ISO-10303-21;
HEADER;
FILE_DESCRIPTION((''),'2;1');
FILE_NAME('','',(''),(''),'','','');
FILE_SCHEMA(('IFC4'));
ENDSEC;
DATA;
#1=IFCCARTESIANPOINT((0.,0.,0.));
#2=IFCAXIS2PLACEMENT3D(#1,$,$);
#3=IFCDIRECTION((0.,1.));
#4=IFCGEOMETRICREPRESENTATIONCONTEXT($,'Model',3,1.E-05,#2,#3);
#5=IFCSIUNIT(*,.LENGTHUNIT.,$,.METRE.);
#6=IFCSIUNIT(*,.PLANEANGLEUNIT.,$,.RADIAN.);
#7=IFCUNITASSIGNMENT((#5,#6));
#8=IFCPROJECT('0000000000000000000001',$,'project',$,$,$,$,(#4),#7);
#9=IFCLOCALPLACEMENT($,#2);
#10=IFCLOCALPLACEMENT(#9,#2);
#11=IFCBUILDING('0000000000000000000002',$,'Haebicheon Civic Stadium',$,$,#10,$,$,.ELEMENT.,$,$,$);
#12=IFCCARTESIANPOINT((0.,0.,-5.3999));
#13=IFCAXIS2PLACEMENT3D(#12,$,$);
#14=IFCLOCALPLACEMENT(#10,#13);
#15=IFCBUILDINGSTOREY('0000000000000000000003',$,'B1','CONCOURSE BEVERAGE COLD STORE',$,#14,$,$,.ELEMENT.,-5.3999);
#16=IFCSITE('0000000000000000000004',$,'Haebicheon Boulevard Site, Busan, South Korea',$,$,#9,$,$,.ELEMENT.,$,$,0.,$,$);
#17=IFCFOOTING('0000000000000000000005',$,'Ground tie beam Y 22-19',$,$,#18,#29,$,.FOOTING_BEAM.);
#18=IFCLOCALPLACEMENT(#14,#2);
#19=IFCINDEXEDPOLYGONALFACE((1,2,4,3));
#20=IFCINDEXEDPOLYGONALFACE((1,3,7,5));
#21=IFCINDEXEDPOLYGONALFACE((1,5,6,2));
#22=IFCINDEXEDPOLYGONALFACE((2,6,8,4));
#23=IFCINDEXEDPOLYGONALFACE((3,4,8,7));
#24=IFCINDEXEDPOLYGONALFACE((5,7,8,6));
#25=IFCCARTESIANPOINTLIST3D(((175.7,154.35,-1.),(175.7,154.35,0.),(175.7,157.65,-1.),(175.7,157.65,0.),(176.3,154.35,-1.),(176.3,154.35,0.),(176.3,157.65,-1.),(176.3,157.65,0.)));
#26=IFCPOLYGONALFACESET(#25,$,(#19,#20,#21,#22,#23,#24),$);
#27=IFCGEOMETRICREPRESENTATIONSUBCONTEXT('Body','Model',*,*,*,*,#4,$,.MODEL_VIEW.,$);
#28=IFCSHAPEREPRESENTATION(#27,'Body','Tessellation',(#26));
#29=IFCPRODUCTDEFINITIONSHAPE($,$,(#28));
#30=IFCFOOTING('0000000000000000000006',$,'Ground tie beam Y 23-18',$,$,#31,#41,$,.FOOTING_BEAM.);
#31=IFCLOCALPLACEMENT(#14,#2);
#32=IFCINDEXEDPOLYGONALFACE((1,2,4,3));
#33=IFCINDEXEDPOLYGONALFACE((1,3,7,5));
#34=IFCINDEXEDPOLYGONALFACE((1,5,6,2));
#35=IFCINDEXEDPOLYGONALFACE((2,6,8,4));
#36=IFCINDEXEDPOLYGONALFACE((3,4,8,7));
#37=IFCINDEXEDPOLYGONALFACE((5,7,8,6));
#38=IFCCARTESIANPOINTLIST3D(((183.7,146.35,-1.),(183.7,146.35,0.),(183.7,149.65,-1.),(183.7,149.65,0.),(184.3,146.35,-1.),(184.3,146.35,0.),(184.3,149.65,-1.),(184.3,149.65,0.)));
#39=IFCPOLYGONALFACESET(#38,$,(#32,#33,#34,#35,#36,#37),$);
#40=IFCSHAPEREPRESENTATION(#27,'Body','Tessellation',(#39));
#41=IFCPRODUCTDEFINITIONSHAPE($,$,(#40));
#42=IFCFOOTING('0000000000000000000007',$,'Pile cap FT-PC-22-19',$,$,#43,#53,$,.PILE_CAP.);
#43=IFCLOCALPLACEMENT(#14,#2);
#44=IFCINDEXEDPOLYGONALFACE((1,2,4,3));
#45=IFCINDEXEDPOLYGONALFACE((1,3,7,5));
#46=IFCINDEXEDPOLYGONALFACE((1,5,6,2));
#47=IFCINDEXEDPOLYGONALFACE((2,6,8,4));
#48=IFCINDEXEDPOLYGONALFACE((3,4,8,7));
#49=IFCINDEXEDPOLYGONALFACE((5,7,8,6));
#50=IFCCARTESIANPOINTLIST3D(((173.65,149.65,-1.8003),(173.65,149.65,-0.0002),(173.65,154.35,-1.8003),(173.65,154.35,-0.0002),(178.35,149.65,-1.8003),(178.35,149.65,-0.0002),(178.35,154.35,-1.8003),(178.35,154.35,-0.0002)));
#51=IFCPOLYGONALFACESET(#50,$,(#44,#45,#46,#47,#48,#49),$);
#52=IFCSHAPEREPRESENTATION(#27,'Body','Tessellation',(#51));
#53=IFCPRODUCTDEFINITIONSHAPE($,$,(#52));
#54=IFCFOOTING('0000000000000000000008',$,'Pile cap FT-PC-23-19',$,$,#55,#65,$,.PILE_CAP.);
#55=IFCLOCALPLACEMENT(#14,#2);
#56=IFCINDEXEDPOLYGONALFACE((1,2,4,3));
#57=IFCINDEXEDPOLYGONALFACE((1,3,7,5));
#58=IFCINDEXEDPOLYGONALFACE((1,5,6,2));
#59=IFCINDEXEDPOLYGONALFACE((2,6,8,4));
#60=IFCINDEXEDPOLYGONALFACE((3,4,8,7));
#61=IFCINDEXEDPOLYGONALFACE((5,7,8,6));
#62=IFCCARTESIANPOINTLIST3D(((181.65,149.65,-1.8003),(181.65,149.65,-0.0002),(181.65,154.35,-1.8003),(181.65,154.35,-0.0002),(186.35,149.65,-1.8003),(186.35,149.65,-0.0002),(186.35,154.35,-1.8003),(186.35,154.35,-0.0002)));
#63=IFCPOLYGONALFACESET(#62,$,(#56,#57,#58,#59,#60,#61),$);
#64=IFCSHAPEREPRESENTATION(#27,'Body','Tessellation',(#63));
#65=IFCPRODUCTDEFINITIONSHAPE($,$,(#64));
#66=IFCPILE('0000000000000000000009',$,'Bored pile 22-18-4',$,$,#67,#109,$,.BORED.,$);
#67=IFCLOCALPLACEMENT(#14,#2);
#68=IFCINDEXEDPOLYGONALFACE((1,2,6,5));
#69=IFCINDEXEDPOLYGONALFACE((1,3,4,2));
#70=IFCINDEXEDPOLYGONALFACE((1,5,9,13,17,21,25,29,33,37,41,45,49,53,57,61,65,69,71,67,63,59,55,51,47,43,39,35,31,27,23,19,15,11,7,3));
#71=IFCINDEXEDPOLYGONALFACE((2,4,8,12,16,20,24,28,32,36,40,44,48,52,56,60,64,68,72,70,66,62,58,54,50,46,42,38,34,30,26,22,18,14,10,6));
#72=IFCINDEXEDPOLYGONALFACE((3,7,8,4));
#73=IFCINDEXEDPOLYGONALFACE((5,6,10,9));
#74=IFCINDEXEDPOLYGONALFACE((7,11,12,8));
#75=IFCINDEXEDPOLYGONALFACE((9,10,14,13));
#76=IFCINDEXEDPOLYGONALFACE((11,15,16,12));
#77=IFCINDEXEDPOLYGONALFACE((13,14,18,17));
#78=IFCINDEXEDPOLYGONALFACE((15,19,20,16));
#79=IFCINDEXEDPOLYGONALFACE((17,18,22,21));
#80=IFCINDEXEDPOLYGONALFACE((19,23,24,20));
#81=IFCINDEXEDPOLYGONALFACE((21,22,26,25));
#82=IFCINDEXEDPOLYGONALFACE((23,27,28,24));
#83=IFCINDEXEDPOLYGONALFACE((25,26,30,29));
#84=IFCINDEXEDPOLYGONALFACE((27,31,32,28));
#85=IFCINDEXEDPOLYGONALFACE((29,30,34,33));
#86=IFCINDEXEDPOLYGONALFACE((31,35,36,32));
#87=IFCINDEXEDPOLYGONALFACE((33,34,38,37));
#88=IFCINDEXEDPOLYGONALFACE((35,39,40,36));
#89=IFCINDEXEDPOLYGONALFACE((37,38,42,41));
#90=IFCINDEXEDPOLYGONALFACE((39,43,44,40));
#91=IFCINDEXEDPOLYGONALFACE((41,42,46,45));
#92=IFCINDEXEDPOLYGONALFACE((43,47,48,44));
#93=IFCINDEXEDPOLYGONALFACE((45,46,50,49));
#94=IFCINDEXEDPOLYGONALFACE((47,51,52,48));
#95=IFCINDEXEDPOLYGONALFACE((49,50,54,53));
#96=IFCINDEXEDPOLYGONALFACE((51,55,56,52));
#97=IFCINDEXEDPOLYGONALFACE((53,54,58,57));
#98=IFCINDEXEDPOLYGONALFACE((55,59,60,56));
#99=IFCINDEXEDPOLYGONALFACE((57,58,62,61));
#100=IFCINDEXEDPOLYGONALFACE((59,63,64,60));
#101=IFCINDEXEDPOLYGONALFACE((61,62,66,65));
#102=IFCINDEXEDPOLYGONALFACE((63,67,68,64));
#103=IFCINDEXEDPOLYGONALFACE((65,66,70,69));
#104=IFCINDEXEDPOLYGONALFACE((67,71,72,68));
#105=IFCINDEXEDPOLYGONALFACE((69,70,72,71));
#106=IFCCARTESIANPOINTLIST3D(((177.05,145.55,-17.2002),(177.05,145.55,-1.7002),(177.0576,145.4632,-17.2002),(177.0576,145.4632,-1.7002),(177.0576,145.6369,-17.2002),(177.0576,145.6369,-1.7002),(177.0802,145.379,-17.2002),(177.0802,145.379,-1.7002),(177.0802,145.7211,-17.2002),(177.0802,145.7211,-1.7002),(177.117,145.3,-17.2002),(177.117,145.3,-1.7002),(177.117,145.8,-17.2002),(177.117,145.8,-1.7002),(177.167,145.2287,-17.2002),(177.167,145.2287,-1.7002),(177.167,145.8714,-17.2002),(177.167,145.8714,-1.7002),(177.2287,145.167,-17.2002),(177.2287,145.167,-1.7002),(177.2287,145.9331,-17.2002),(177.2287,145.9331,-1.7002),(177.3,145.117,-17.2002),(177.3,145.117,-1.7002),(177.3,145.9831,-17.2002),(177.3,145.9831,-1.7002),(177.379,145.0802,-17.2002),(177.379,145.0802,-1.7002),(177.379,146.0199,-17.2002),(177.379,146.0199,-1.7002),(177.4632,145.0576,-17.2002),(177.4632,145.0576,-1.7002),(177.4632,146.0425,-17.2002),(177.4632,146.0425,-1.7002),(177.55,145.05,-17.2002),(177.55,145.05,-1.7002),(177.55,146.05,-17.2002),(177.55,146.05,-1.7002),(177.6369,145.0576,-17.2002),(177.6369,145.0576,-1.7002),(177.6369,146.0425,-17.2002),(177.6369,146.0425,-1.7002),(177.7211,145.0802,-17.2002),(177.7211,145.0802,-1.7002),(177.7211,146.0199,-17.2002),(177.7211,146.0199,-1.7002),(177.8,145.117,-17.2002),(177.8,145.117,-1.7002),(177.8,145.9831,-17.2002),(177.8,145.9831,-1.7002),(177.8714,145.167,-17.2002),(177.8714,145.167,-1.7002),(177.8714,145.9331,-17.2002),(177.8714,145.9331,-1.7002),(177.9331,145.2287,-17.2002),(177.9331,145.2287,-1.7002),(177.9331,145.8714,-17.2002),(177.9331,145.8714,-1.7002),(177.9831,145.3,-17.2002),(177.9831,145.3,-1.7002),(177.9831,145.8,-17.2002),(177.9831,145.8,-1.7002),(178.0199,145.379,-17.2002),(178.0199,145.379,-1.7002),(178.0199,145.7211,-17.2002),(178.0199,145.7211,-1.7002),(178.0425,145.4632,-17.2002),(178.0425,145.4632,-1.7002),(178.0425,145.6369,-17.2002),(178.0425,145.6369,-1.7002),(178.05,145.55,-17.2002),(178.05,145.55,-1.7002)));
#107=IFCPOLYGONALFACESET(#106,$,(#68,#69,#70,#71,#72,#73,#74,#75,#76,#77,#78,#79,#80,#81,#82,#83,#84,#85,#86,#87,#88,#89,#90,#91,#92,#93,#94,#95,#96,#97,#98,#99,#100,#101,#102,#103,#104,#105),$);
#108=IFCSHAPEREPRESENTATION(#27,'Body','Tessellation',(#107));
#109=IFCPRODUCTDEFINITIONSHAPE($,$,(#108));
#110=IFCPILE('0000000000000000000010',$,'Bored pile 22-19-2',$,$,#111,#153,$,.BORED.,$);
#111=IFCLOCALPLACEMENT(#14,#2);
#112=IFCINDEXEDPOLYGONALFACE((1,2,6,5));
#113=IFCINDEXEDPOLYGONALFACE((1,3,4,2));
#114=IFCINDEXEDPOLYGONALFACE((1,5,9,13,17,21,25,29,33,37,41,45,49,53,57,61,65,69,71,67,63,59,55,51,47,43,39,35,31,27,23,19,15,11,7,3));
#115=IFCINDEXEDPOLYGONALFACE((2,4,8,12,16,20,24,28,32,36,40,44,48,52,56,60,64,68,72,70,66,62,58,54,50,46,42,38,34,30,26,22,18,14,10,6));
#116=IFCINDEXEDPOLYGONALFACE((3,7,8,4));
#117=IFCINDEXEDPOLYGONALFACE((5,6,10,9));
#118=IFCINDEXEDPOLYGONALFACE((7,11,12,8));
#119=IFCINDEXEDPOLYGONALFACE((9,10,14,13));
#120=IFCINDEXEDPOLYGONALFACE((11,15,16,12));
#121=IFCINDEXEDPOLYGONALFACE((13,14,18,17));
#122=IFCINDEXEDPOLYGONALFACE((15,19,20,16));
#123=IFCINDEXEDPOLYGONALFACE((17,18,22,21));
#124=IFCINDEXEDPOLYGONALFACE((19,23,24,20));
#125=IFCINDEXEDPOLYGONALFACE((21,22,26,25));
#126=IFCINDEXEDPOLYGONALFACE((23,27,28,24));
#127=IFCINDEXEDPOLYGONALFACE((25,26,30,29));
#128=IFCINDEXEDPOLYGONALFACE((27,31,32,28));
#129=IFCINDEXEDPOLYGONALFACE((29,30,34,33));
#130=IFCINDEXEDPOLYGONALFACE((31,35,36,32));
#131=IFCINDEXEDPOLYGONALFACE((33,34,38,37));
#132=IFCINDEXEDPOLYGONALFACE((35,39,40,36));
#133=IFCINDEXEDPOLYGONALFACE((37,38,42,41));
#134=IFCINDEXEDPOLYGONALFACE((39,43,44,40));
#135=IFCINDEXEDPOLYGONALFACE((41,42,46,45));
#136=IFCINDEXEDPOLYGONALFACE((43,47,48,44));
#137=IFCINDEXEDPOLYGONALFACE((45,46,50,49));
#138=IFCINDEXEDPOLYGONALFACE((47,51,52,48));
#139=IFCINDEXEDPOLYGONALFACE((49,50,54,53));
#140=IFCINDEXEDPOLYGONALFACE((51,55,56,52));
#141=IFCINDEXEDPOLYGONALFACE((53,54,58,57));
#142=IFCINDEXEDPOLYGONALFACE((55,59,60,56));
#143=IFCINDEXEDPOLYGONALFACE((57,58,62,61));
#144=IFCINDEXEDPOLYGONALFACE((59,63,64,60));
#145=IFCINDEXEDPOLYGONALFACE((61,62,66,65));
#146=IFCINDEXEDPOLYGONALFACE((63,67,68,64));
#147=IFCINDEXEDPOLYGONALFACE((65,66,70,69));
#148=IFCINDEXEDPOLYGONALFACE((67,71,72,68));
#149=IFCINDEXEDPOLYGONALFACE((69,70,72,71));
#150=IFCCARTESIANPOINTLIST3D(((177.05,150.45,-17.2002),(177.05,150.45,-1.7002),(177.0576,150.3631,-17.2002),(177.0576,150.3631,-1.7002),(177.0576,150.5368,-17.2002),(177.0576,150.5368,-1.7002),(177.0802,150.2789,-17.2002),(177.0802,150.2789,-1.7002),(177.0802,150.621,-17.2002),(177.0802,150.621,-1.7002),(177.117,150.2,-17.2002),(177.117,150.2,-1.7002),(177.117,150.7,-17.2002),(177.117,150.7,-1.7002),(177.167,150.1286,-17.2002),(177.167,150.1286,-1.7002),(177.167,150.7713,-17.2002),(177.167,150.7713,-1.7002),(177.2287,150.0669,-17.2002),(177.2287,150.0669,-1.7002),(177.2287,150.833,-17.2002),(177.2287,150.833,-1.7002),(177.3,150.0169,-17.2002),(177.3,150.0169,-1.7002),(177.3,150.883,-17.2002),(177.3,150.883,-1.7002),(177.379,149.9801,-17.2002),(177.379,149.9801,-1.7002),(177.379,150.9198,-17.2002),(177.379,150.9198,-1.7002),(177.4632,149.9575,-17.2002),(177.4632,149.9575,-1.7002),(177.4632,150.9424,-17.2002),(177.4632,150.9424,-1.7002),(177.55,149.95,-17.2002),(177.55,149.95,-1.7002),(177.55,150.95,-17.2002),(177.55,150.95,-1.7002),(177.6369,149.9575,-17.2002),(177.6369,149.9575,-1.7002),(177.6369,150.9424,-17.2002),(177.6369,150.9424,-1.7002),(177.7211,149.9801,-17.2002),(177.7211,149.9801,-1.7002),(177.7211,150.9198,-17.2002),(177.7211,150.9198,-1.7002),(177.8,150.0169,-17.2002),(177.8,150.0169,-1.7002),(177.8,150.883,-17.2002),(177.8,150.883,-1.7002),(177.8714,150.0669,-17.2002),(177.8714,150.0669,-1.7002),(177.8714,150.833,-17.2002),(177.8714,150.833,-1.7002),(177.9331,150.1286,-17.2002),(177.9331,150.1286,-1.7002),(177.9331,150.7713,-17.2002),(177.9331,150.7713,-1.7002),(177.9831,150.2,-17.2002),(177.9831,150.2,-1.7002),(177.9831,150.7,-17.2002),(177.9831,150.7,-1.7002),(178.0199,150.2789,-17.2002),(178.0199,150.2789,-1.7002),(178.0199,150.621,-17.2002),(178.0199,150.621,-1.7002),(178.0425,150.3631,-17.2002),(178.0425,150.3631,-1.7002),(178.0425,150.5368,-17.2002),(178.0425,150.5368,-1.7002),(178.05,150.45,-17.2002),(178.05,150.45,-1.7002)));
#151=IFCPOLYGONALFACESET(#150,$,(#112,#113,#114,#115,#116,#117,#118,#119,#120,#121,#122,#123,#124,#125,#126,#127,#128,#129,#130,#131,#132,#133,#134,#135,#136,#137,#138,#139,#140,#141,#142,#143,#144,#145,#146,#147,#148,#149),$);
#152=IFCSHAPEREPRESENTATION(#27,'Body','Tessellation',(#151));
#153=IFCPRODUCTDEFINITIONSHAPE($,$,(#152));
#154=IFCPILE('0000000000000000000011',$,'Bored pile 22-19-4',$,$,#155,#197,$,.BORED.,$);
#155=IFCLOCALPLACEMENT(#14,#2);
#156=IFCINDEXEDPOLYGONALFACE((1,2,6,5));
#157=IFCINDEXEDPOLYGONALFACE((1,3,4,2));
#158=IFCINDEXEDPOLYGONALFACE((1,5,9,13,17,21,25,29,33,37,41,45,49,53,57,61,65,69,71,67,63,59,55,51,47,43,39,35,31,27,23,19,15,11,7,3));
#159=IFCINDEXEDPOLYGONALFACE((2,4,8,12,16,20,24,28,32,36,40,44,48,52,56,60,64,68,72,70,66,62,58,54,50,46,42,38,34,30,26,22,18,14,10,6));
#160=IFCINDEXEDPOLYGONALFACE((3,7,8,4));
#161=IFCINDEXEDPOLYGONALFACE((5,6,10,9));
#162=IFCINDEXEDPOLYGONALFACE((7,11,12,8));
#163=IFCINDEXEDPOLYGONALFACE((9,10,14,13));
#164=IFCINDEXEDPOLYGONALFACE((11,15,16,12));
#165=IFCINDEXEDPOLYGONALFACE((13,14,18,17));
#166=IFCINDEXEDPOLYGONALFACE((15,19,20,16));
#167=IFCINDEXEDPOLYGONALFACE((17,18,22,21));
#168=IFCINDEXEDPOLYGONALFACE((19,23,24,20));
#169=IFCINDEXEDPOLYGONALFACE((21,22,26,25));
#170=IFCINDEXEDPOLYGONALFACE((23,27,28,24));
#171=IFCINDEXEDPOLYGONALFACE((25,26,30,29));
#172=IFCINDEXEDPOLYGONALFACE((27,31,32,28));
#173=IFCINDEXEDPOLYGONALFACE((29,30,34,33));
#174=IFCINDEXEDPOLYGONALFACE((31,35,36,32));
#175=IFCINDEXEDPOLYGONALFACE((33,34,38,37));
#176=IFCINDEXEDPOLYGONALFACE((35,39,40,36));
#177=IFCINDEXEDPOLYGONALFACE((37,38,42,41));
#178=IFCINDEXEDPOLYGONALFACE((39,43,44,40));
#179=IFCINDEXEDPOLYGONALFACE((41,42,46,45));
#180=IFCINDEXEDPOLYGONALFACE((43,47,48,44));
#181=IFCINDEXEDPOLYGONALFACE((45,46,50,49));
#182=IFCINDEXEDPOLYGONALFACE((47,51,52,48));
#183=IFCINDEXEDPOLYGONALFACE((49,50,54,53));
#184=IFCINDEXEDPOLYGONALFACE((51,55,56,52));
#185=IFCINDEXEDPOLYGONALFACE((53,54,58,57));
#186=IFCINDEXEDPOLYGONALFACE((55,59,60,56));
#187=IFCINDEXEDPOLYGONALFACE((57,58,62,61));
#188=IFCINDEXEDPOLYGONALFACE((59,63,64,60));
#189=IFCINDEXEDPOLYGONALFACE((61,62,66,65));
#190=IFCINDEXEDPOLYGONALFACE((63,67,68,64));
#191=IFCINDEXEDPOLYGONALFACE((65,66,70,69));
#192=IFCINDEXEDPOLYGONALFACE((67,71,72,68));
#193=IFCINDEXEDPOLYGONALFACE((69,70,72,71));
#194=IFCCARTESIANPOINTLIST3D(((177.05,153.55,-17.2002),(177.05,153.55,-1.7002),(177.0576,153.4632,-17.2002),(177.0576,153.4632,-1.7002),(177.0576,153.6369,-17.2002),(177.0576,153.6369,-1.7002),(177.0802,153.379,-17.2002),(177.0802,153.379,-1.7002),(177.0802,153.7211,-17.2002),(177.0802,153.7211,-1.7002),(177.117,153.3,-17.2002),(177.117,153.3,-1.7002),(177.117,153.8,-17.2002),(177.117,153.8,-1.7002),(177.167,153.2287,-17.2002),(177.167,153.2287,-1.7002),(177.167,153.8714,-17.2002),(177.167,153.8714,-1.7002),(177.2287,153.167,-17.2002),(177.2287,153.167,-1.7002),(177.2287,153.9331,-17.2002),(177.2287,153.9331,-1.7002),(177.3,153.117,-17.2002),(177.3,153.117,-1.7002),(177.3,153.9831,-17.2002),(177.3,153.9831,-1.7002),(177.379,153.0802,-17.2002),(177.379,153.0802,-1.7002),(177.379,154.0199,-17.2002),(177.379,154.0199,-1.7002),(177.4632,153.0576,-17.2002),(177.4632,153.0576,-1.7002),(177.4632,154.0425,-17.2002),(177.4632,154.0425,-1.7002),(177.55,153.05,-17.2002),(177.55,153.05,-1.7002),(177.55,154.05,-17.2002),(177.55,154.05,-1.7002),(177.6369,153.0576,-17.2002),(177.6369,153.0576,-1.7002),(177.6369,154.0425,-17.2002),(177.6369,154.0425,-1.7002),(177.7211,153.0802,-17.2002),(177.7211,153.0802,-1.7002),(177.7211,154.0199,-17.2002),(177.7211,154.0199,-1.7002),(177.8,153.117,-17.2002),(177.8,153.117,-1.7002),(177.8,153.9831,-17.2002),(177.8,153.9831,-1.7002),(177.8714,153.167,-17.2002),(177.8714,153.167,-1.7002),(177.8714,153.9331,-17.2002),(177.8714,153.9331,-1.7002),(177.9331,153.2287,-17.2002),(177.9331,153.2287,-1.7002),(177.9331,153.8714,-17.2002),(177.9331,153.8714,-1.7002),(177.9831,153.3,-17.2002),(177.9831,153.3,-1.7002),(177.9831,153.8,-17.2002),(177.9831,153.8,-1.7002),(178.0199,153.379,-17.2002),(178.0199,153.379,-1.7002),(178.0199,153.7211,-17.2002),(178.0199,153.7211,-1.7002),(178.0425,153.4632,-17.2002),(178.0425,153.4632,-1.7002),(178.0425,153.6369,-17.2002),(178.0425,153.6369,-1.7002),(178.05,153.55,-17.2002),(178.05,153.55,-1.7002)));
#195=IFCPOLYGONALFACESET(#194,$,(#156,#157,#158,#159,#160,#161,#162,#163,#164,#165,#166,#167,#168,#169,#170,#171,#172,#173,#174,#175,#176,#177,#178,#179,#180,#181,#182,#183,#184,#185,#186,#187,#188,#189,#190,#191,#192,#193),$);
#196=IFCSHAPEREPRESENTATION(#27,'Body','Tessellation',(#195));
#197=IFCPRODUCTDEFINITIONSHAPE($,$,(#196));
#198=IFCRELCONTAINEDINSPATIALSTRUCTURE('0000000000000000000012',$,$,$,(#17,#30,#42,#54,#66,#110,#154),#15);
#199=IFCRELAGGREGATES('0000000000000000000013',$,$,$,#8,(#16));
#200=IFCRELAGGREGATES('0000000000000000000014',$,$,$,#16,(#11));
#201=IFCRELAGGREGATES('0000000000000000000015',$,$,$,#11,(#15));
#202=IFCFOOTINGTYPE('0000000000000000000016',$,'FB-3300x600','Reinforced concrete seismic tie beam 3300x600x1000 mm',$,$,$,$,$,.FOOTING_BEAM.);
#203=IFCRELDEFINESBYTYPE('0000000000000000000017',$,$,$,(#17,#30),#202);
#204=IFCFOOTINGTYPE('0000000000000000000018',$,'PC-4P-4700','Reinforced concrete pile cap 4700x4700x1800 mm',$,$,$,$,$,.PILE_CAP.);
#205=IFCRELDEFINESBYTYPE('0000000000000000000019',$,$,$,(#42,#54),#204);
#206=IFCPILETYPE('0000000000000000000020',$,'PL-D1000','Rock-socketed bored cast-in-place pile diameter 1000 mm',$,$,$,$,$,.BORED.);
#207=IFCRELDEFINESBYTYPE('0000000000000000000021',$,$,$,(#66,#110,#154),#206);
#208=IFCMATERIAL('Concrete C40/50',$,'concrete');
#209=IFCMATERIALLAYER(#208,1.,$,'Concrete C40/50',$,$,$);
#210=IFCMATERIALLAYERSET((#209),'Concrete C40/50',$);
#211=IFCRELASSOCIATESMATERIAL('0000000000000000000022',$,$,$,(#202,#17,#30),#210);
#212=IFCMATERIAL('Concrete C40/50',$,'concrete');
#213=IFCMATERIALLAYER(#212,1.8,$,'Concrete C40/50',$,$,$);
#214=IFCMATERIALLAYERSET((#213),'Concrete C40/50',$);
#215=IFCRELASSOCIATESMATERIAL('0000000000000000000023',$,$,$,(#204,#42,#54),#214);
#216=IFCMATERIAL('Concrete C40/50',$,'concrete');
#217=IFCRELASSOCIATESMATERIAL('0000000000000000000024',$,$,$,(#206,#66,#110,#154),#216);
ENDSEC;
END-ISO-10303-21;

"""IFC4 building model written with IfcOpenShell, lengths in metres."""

from ifc_helpers import new_model, si_unit, direction, frame, origin, origin_2d, place, context, subcontext, project, spatial, rectangle, circle, extrude, material, layer, layer_set, material_profile, profile_set, type_object, element, save


model = new_model("IFC4")

# Units and contexts
model_context = context("Model", 3, precision=1e-05, world=origin(), true_north=direction((0.0, 1.0)))
body_context = subcontext(model_context, "Body", "Model", "MODEL_VIEW")
ifc_project = project(units=[si_unit("LENGTHUNIT", "METRE"), si_unit("PLANEANGLEUNIT", "RADIAN")], contexts=[model_context])

# Site, building, storey
site_placement = place(None, origin())
site = spatial("IfcSite", under=ifc_project, at=site_placement, Name="Haebicheon Boulevard Site, Busan, South Korea", CompositionType="ELEMENT", RefElevation=0.0)
building_placement = place(site_placement, origin())
building = spatial("IfcBuilding", under=site, at=building_placement, Name="Haebicheon Civic Stadium", CompositionType="ELEMENT")
storey_placement = place(building_placement, frame((0.0, 0.0, -5.3999)))
storey = spatial("IfcBuildingStorey", under=building, at=storey_placement, Name="B1", Description="CONCOURSE BEVERAGE COLD STORE", CompositionType="ELEMENT", Elevation=-5.3999)

# Footings
ifc_material_1 = material(Name="Concrete C40/50", Category="concrete")
ifc_layer_1 = layer(ifc_material_1, 1.0, Name="Concrete C40/50")
ifc_layer_set_1 = layer_set([ifc_layer_1], Name="Concrete C40/50")
footing_type_1 = type_object("IfcFootingType", Name="FB-3300x600", Description="Reinforced concrete seismic tie beam 3300x600x1000 mm", PredefinedType="FOOTING_BEAM", material=ifc_layer_set_1)
for number, where, z_axis, x_axis, name in (
    (1, (176.0, 156.0, -1.0), (0.0, 0.0, 1.0), (0.0, 1.0, 0.0), "Ground tie beam Y 22-19"),
    (2, (184.0, 148.0, -1.0), (0.0, 0.0, 1.0), (0.0, 1.0, 0.0), "Ground tie beam Y 23-18"),
):
    element("IfcFooting", number, at=place(storey_placement, frame(where, z_axis=z_axis, x_axis=x_axis)), inside=storey, type_object=footing_type_1, material=ifc_layer_set_1, Name=name, PredefinedType="FOOTING_BEAM", context=body_context, shape_type="SweptSolid", body=[
        extrude(rectangle(XDim=3.3, YDim=0.6001, at=origin_2d()), origin(), (0.0, 0.0, 1.0), 1.0),
    ])
ifc_material_2 = material(Name="Concrete C40/50", Category="concrete")
ifc_layer_2 = layer(ifc_material_2, 1.8, Name="Concrete C40/50")
ifc_layer_set_2 = layer_set([ifc_layer_2], Name="Concrete C40/50")
footing_type_2 = type_object("IfcFootingType", Name="PC-4P-4700", Description="Reinforced concrete pile cap 4700x4700x1800 mm", PredefinedType="PILE_CAP", material=ifc_layer_set_2)
for number, where, z_axis, x_axis, name in (
    (3, (176.0, 152.0, -1.8003), (0.0, 0.0, 1.0), (1.0, 0.0, 0.0), "Pile cap FT-PC-22-19"),
    (4, (184.0, 152.0, -1.8003), (0.0, 0.0, 1.0), (1.0, 0.0, 0.0), "Pile cap FT-PC-23-19"),
):
    element("IfcFooting", number, at=place(storey_placement, frame(where, z_axis=z_axis, x_axis=x_axis)), inside=storey, type_object=footing_type_2, material=ifc_layer_set_2, Name=name, PredefinedType="PILE_CAP", context=body_context, shape_type="SweptSolid", body=[
        extrude(rectangle(XDim=4.7, YDim=4.7, at=origin_2d()), origin(), (0.0, 0.0, 1.0), 1.8),
    ])

# Piles
ifc_material_3 = material(Name="Concrete C40/50", Category="concrete")
ifc_material_profile_1 = material_profile(ifc_material_3, circle(Radius=0.5, at=origin_2d()), Name="PILE-D1000")
ifc_profile_set_1 = profile_set([ifc_material_profile_1], Name="Concrete C40/50")
pile_type = type_object("IfcPileType", Name="PL-D1000", Description="Rock-socketed bored cast-in-place pile diameter 1000 mm", PredefinedType="BORED", material=ifc_profile_set_1)
for number, where, z_axis, x_axis, name in (
    (5, (177.55, 145.55, -1.7002), (0.0, 0.0, -1.0), (1.0, 0.0, 0.0), "Bored pile 22-18-4"),
    (6, (177.55, 150.45, -1.7002), (0.0, 0.0, -1.0), (1.0, 0.0, 0.0), "Bored pile 22-19-2"),
    (7, (177.55, 153.55, -1.7002), (0.0, 0.0, -1.0), (1.0, 0.0, 0.0), "Bored pile 22-19-4"),
):
    element("IfcPile", number, at=place(storey_placement, frame(where, z_axis=z_axis, x_axis=x_axis)), inside=storey, type_object=pile_type, material=ifc_profile_set_1, Name=name, PredefinedType="BORED", context=body_context, shape_type="SweptSolid", body=[
        extrude(circle(Radius=0.5, at=origin_2d()), origin(), (0.0, 0.0, 1.0), 15.5),
    ])

save(model, "model.ifc")
